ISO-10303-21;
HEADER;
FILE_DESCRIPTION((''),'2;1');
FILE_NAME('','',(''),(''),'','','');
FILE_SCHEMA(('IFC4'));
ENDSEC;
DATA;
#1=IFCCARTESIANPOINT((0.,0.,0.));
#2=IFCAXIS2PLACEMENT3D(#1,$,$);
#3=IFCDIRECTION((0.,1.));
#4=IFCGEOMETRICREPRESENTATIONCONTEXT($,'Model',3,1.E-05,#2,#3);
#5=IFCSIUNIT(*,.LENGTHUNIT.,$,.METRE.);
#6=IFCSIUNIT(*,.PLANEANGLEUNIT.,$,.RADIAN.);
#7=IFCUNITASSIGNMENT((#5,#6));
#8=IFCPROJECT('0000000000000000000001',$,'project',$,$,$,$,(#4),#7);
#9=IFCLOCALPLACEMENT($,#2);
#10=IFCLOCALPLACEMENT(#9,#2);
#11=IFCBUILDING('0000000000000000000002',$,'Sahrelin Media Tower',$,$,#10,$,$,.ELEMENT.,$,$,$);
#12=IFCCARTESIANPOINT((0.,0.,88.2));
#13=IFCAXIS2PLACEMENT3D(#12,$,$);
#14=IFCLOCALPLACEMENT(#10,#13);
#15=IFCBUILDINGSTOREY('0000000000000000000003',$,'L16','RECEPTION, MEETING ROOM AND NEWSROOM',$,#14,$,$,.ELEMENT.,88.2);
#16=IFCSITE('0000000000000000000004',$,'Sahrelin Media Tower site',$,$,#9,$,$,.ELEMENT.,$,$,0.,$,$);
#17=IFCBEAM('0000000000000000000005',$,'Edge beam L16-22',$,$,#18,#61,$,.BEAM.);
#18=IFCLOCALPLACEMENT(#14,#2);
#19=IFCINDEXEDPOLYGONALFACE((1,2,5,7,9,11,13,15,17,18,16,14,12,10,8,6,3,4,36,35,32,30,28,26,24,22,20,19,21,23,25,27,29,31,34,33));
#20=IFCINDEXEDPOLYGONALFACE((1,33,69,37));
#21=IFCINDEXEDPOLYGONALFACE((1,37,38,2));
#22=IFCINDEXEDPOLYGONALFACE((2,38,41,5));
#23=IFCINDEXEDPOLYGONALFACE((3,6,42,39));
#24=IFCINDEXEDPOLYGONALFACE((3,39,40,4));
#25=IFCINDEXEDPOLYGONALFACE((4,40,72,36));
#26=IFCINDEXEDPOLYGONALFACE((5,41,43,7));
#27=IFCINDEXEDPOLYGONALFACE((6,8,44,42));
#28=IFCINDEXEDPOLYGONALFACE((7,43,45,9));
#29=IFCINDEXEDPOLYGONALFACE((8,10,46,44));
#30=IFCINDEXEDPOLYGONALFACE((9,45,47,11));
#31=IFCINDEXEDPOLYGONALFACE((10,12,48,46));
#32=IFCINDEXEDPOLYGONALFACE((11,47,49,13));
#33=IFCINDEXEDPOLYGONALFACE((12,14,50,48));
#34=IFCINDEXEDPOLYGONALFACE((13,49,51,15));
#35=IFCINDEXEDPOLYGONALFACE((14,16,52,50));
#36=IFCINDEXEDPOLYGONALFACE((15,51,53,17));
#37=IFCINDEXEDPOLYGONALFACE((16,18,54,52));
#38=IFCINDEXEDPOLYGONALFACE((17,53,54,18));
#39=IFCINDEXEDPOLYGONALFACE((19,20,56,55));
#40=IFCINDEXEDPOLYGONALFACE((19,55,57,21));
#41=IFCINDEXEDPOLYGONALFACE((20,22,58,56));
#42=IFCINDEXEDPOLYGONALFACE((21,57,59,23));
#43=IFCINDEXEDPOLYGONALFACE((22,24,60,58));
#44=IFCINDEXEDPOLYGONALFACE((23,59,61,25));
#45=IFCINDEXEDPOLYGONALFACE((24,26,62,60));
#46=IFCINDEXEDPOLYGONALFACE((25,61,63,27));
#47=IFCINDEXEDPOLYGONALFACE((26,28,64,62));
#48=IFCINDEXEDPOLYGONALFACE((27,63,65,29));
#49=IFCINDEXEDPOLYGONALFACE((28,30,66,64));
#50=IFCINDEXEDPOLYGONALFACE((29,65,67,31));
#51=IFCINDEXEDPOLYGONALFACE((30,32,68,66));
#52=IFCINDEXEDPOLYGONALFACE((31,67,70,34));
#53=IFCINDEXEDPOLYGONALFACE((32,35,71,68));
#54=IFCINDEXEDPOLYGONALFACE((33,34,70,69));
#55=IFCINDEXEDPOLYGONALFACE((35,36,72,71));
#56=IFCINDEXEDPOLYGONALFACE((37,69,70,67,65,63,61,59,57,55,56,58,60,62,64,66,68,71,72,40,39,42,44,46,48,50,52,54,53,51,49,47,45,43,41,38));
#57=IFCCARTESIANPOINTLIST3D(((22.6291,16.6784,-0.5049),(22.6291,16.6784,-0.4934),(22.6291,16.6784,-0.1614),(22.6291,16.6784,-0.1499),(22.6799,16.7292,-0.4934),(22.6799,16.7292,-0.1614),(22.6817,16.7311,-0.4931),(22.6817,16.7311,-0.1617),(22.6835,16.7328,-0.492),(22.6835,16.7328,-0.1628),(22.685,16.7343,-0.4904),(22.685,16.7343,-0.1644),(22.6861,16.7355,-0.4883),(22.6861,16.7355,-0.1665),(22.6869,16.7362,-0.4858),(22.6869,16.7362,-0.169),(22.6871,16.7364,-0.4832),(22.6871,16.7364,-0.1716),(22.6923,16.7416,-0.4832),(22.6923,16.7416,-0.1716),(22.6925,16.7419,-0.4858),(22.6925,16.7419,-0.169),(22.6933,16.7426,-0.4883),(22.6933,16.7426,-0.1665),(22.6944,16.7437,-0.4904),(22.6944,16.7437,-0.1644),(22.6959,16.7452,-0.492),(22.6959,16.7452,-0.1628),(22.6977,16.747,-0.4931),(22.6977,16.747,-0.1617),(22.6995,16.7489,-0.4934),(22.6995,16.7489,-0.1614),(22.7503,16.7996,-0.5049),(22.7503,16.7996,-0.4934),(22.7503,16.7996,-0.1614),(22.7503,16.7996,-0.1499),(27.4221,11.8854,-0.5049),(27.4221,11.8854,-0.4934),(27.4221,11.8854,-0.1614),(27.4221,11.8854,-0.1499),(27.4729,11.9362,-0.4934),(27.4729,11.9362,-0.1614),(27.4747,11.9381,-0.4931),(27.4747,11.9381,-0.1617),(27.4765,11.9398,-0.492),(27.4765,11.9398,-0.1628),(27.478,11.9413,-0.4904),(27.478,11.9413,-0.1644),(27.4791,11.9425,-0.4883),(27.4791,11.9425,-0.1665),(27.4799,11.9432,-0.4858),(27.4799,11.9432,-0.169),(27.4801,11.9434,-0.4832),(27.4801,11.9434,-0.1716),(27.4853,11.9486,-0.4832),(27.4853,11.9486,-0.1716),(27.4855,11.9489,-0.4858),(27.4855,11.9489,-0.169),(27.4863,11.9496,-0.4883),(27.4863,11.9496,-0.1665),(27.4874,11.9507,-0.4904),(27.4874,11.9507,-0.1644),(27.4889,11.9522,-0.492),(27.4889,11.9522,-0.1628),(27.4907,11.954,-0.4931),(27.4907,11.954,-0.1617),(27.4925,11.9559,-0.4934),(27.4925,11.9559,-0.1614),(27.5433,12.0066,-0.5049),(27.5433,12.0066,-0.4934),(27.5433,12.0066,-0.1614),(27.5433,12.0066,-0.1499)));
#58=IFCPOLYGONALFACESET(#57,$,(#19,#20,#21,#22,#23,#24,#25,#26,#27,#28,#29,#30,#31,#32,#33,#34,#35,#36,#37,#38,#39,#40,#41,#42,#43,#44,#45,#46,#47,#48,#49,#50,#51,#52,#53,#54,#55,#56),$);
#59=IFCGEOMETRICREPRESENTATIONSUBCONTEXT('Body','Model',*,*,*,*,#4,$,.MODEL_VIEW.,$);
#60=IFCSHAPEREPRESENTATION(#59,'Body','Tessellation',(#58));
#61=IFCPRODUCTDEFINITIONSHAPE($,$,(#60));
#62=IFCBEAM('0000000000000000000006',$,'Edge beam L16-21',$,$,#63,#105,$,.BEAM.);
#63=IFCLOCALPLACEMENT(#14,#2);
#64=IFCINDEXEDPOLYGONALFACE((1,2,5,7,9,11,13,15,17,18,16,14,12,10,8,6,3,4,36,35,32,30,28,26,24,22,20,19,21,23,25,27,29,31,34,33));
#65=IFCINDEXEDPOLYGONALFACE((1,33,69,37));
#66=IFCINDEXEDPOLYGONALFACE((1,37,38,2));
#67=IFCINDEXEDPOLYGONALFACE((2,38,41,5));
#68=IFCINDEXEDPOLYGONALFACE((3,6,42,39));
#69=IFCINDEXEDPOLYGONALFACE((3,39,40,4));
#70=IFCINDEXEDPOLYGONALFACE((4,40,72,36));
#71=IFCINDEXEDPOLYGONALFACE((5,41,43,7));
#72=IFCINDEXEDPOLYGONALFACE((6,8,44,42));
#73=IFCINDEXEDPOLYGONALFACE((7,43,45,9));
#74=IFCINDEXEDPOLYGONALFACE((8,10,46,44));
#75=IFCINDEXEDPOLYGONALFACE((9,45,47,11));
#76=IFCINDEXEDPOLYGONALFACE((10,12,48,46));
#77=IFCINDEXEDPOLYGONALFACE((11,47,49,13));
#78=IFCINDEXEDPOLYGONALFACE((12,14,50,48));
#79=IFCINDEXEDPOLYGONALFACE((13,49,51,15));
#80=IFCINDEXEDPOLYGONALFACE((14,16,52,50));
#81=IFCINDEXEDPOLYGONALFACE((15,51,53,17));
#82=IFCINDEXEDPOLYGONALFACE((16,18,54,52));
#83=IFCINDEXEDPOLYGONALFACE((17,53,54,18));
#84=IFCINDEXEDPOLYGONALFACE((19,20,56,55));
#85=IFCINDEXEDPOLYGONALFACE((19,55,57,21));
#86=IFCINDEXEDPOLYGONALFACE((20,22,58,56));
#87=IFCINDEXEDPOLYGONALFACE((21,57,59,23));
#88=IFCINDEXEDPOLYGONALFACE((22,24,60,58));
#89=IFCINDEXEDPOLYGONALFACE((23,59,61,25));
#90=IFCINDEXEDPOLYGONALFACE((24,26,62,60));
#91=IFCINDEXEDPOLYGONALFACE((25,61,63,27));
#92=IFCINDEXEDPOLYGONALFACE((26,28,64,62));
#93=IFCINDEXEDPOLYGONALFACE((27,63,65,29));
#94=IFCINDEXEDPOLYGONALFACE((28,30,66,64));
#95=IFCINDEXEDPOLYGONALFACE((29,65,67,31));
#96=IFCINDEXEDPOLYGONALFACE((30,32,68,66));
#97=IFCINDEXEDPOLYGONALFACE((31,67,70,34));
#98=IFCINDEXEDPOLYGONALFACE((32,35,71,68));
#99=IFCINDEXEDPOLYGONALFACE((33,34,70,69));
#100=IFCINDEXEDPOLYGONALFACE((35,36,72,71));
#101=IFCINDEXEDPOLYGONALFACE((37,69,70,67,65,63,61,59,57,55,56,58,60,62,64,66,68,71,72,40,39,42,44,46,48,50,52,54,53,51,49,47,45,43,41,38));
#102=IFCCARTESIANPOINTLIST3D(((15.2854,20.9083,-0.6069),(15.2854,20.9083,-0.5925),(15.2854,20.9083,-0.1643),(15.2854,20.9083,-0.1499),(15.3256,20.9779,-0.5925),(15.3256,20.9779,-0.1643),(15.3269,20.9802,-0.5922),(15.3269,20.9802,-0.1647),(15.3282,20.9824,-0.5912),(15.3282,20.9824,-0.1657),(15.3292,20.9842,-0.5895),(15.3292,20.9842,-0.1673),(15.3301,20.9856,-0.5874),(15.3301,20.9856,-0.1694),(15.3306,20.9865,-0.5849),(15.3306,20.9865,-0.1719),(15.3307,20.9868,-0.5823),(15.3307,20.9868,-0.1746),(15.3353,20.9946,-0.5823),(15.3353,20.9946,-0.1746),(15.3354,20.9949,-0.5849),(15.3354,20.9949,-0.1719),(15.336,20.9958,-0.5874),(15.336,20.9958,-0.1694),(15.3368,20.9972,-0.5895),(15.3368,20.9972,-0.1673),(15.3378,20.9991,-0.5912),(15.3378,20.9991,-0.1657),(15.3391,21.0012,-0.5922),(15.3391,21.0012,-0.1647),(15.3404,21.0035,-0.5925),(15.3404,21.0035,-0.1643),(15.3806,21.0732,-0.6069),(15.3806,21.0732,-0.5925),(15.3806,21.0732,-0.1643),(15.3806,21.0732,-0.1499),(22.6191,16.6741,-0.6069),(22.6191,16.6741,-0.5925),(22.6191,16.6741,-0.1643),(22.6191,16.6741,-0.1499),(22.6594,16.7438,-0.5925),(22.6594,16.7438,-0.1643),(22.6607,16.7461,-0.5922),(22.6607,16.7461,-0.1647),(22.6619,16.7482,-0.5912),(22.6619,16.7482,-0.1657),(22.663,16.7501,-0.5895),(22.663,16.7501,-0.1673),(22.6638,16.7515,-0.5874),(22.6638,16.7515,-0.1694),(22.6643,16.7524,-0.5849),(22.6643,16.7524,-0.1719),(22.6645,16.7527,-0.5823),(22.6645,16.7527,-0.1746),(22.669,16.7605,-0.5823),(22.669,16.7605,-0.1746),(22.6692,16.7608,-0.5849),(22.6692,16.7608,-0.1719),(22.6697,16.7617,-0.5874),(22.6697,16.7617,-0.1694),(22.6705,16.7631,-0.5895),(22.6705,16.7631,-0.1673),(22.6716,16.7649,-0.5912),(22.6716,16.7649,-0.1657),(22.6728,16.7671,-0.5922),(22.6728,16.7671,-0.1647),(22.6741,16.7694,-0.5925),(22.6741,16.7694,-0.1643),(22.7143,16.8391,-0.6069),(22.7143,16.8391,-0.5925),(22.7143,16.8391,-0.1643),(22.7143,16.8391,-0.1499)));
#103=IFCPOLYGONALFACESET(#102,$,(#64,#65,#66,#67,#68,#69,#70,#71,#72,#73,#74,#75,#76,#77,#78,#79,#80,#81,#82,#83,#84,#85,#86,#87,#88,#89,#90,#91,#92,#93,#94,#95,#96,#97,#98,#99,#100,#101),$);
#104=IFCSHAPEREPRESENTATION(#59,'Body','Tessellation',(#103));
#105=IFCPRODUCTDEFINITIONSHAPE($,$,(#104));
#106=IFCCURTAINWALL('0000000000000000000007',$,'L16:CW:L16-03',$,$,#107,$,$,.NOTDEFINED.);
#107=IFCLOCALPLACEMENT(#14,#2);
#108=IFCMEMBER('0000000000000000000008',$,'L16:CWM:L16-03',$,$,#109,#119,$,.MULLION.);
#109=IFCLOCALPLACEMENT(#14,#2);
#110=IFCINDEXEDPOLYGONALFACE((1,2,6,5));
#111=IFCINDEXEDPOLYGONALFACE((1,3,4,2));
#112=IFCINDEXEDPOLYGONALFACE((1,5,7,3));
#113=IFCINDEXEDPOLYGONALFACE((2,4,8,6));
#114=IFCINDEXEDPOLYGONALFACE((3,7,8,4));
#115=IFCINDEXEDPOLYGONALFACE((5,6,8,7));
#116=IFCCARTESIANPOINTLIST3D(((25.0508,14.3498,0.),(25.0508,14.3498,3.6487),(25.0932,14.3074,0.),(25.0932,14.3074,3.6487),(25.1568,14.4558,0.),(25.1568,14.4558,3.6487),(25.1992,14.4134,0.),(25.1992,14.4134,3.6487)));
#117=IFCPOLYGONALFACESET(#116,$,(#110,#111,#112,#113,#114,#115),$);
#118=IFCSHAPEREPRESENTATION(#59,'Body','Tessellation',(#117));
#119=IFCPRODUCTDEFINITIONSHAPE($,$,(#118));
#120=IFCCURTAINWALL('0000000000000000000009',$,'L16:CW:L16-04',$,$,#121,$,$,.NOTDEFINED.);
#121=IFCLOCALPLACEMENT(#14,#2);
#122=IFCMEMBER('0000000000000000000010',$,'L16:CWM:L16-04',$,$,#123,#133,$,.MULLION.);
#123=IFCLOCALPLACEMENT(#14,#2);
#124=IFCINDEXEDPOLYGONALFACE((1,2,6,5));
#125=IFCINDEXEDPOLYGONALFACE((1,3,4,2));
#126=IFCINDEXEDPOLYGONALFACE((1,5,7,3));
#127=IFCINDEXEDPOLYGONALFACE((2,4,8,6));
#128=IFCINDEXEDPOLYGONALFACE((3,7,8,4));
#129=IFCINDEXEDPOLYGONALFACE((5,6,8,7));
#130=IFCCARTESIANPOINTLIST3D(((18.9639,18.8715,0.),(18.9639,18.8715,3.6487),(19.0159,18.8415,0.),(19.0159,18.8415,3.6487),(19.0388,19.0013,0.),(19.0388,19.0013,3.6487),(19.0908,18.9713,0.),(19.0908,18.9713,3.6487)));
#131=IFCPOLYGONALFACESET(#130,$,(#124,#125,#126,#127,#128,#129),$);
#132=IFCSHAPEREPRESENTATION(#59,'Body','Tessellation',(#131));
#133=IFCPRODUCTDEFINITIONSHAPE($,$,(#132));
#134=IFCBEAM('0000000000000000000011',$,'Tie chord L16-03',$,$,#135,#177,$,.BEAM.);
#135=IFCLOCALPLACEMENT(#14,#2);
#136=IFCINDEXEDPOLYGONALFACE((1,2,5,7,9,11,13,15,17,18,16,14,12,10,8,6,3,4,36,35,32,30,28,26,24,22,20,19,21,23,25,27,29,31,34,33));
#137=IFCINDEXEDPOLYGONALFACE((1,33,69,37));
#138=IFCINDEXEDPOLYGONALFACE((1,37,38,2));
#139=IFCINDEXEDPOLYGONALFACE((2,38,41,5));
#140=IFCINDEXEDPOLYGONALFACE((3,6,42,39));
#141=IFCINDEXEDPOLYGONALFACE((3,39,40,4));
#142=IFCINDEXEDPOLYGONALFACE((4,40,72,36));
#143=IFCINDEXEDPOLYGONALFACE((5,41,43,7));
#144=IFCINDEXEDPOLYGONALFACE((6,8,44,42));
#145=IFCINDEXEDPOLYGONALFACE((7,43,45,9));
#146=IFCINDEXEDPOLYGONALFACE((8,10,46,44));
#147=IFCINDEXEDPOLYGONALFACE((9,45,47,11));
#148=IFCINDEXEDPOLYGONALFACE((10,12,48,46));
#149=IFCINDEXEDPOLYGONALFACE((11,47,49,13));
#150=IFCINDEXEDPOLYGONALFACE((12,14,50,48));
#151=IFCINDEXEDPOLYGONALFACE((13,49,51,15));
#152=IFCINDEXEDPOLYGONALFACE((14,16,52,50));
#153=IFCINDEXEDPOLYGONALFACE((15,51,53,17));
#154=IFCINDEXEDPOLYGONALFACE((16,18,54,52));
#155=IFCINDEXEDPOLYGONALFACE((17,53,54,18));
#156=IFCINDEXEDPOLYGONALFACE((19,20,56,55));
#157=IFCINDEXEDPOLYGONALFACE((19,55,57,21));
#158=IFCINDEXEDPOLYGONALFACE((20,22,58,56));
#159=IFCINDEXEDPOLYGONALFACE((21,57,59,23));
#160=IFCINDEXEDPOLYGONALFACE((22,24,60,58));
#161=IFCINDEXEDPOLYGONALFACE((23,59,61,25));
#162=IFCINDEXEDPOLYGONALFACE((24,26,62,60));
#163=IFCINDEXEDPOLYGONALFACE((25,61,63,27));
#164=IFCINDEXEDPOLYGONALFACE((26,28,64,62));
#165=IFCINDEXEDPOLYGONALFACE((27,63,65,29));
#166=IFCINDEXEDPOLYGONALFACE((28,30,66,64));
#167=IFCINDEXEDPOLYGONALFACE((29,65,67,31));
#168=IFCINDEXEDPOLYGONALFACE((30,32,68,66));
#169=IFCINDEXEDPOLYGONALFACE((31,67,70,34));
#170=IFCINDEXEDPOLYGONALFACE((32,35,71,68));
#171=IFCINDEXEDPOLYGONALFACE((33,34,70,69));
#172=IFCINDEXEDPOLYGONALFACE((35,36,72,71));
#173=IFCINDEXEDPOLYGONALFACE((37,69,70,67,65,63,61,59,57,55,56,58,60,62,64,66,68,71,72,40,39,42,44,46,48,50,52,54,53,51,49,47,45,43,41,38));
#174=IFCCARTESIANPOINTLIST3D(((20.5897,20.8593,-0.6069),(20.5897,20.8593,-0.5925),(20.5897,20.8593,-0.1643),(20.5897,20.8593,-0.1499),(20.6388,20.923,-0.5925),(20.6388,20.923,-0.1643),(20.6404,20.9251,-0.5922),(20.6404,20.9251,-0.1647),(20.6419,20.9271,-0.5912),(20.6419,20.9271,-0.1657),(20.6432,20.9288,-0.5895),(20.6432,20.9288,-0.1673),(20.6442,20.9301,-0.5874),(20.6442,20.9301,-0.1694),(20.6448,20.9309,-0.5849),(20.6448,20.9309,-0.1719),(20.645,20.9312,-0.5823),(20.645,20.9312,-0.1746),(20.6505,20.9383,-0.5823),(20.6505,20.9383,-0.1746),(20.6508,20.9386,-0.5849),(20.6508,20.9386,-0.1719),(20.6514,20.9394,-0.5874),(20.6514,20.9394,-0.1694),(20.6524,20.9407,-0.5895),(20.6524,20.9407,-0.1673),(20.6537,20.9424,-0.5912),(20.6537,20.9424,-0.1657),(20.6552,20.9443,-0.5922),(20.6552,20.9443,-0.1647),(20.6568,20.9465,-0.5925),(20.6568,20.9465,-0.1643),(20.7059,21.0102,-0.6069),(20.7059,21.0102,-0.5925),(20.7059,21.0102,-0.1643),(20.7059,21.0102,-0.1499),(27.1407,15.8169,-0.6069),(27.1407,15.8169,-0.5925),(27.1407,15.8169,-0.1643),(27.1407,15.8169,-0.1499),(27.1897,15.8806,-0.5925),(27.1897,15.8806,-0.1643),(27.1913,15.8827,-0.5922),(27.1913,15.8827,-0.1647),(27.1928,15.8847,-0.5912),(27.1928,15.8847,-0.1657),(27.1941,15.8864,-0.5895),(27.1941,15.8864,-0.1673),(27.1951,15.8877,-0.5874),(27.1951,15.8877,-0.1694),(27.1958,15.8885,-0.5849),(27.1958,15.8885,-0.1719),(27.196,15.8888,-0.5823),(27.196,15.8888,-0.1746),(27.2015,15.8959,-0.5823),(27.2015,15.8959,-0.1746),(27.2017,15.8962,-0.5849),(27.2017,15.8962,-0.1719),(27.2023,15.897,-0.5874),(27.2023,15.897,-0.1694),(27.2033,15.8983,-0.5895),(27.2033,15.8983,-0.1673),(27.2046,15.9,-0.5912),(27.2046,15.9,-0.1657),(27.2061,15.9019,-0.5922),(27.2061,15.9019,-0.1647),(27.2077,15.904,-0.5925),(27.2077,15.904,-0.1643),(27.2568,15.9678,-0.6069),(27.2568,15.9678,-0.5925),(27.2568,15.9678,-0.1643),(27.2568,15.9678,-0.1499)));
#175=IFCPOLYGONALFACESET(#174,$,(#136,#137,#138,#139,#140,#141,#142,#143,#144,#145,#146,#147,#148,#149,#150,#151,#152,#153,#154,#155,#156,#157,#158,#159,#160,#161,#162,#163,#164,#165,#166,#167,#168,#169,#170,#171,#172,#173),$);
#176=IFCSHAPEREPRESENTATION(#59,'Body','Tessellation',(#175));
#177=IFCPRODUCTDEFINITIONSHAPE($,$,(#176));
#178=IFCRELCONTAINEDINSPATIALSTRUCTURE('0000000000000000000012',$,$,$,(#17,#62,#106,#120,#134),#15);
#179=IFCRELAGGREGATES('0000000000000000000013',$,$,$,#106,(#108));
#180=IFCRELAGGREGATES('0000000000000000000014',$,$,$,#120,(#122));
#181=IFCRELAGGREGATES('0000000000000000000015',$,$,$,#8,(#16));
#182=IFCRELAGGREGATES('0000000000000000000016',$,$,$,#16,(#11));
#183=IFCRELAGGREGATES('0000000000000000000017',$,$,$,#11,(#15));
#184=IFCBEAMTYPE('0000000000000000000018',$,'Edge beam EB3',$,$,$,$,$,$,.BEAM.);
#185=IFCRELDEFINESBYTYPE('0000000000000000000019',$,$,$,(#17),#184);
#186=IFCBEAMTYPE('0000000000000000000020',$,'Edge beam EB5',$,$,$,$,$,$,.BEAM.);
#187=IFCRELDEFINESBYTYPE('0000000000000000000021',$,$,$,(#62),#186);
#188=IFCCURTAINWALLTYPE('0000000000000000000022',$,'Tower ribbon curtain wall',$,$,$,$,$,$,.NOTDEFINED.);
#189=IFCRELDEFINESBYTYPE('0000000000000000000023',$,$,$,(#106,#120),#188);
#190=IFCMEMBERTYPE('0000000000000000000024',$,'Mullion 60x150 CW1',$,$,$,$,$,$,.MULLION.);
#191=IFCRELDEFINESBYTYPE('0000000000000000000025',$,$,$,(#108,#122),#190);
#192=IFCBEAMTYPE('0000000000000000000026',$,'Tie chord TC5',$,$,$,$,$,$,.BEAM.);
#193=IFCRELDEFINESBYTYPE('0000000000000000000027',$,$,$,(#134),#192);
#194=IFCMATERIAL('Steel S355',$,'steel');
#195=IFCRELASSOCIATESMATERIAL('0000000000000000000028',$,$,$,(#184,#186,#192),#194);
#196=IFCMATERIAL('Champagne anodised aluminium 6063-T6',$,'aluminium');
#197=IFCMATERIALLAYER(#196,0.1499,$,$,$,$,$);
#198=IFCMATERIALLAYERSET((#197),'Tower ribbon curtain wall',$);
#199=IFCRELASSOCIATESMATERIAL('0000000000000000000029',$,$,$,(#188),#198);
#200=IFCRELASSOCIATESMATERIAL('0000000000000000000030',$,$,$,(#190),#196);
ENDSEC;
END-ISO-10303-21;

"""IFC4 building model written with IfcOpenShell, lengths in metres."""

from ifc_helpers import new_model, si_unit, direction, frame, origin, origin_2d, place, context, subcontext, project, spatial, rectangle, i_section, extrude, material, layer, layer_set, material_profile, profile_set, type_object, element, aggregate, save


model = new_model("IFC4")

# Units and contexts
model_context = context("Model", 3, precision=1e-05, world=origin(), true_north=direction((0.0, 1.0)))
body_context = subcontext(model_context, "Body", "Model", "MODEL_VIEW")
ifc_project = project(units=[si_unit("LENGTHUNIT", "METRE"), si_unit("PLANEANGLEUNIT", "RADIAN")], contexts=[model_context])

# Site, building, storey
site_placement = place(None, origin())
site = spatial("IfcSite", under=ifc_project, at=site_placement, Name="Sahrelin Media Tower site", CompositionType="ELEMENT", RefElevation=0.0)
building_placement = place(site_placement, origin())
building = spatial("IfcBuilding", under=site, at=building_placement, Name="Sahrelin Media Tower", CompositionType="ELEMENT")
storey_placement = place(building_placement, frame((0.0, 0.0, 88.2)))
storey = spatial("IfcBuildingStorey", under=building, at=storey_placement, Name="L16", Description="RECEPTION, MEETING ROOM AND NEWSROOM", CompositionType="ELEMENT", Elevation=88.2)

# Beams
ifc_material_1 = material(Name="Steel S355", Category="steel")
ifc_material_profile_1 = material_profile(ifc_material_1, i_section(OverallWidth=0.1714, OverallDepth=0.355, WebThickness=0.0073, FlangeThickness=0.0115, FilletRadius=0.0103, at=origin_2d()), Name="UB 356x171x51")
ifc_profile_set_1 = profile_set([ifc_material_profile_1], Name="Steel S355")
beam_type_1 = type_object("IfcBeamType", Name="Edge beam EB3", PredefinedType="BEAM", material=ifc_profile_set_1)
beam_1_placement = place(storey_placement, frame((22.6897, 16.739, -0.3274), z_axis=(0.707107, -0.707107, 0.0), x_axis=(0.707107, 0.707107, 0.0)))
element("IfcBeam", 1, at=beam_1_placement, inside=storey, type_object=beam_type_1, Name="Edge beam L16-22", PredefinedType="BEAM", context=body_context, shape_type="SweptSolid", body=[
    extrude(i_section(OverallWidth=0.1714, OverallDepth=0.355, WebThickness=0.0073, FlangeThickness=0.0115, FilletRadius=0.0103, at=origin_2d()), origin(), (0.0, 0.0, 1.0), 6.7783),
])
ifc_material_profile_2 = material_profile(ifc_material_1, i_section(OverallWidth=0.1904, OverallDepth=0.457, WebThickness=0.009, FlangeThickness=0.0144, FilletRadius=0.0103, at=origin_2d()), Name="UB 457x191x74")
ifc_profile_set_2 = profile_set([ifc_material_profile_2], Name="Steel S355")
beam_type_2 = type_object("IfcBeamType", Name="Edge beam EB5", PredefinedType="BEAM", material=ifc_profile_set_2)
beam_2_placement = place(storey_placement, frame((15.333, 20.9907, -0.3784), z_axis=(0.866026, -0.499999, 0.0), x_axis=(0.499999, 0.866026, 0.0)))
element("IfcBeam", 2, at=beam_2_placement, inside=storey, type_object=beam_type_2, Name="Edge beam L16-21", PredefinedType="BEAM", context=body_context, shape_type="SweptSolid", body=[
    extrude(i_section(OverallWidth=0.1904, OverallDepth=0.457, WebThickness=0.009, FlangeThickness=0.0144, FilletRadius=0.0103, at=origin_2d()), origin(), (0.0, 0.0, 1.0), 8.4683),
])

# Curtain walls, members
ifc_material_2 = material(Name="Champagne anodised aluminium 6063-T6", Category="aluminium")
ifc_layer_1 = layer(ifc_material_2, 0.1499)
ifc_layer_set_1 = layer_set([ifc_layer_1], Name="Tower ribbon curtain wall")
curtain_wall_type = type_object("IfcCurtainWallType", Name="Tower ribbon curtain wall", PredefinedType="NOTDEFINED", material=ifc_layer_set_1)
curtain_wall_1_placement = place(storey_placement, frame((25.1921, 14.4485, 0.0), z_axis=(0.0, 0.0, 1.0), x_axis=(1.0, 0.0, 0.0)))
curtain_wall_1 = element("IfcCurtainWall", 3, at=curtain_wall_1_placement, inside=storey, type_object=curtain_wall_type, Name="L16:CW:L16-03", PredefinedType="NOTDEFINED")
ifc_material_profile_3 = material_profile(ifc_material_2, rectangle(XDim=0.0601, YDim=0.1499, at=origin_2d()), Name="Mullion 60x150")
ifc_profile_set_3 = profile_set([ifc_material_profile_3], Name="Champagne anodised aluminium 6063-T6")
member_type_1 = type_object("IfcMemberType", Name="Mullion 60x150 CW1", PredefinedType="MULLION", material=ifc_profile_set_3)
member_1_placement = place(storey_placement, frame((25.125, 14.3816, 0.0), z_axis=(0.0, 0.0, 1.0), x_axis=(-0.707114, 0.707099, 0.0)))
member_1 = element("IfcMember", 4, at=member_1_placement, type_object=member_type_1, Name="L16:CWM:L16-03", PredefinedType="MULLION", context=body_context, shape_type="SweptSolid", body=[
    extrude(rectangle(XDim=0.0601, YDim=0.1499, at=origin_2d()), origin(), (0.0, 0.0, 1.0), 3.6487),
])
curtain_wall_2_placement = place(storey_placement, frame((19.075, 19.0037, 0.0), z_axis=(0.0, 0.0, 1.0), x_axis=(1.0, 0.0, 0.0)))
curtain_wall_2 = element("IfcCurtainWall", 5, at=curtain_wall_2_placement, inside=storey, type_object=curtain_wall_type, Name="L16:CW:L16-04", PredefinedType="NOTDEFINED")
member_2_placement = place(storey_placement, frame((19.0273, 18.9214, 0.0), z_axis=(0.0, 0.0, 1.0), x_axis=(-0.866023, 0.500005, 0.0)))
member_2 = element("IfcMember", 6, at=member_2_placement, type_object=member_type_1, Name="L16:CWM:L16-04", PredefinedType="MULLION", context=body_context, shape_type="SweptSolid", body=[
    extrude(rectangle(XDim=0.0601, YDim=0.1499, at=origin_2d()), origin(), (0.0, 0.0, 1.0), 3.6487),
])

# Beam
ifc_material_profile_4 = material_profile(ifc_material_1, i_section(OverallWidth=0.1904, OverallDepth=0.457, WebThickness=0.009, FlangeThickness=0.0144, FilletRadius=0.0103, at=origin_2d()), Name="UB 457x191x74")
ifc_profile_set_4 = profile_set([ifc_material_profile_4], Name="Steel S355")
beam_type_3 = type_object("IfcBeamType", Name="Tie chord TC5", PredefinedType="BEAM", material=ifc_profile_set_4)
beam_3_placement = place(storey_placement, frame((27.1987, 15.8923, -0.3784), z_axis=(-0.792435, 0.609956, 0.0), x_axis=(-0.609956, -0.792435, 0.0)))
element("IfcBeam", 7, at=beam_3_placement, inside=storey, type_object=beam_type_3, Name="Tie chord L16-03", PredefinedType="BEAM", context=body_context, shape_type="SweptSolid", body=[
    extrude(i_section(OverallWidth=0.1904, OverallDepth=0.457, WebThickness=0.009, FlangeThickness=0.0144, FilletRadius=0.0103, at=origin_2d()), origin(), (0.0, 0.0, 1.0), 8.2668),
])

aggregate(curtain_wall_1, [member_1])
aggregate(curtain_wall_2, [member_2])

save(model, "model.ifc")
